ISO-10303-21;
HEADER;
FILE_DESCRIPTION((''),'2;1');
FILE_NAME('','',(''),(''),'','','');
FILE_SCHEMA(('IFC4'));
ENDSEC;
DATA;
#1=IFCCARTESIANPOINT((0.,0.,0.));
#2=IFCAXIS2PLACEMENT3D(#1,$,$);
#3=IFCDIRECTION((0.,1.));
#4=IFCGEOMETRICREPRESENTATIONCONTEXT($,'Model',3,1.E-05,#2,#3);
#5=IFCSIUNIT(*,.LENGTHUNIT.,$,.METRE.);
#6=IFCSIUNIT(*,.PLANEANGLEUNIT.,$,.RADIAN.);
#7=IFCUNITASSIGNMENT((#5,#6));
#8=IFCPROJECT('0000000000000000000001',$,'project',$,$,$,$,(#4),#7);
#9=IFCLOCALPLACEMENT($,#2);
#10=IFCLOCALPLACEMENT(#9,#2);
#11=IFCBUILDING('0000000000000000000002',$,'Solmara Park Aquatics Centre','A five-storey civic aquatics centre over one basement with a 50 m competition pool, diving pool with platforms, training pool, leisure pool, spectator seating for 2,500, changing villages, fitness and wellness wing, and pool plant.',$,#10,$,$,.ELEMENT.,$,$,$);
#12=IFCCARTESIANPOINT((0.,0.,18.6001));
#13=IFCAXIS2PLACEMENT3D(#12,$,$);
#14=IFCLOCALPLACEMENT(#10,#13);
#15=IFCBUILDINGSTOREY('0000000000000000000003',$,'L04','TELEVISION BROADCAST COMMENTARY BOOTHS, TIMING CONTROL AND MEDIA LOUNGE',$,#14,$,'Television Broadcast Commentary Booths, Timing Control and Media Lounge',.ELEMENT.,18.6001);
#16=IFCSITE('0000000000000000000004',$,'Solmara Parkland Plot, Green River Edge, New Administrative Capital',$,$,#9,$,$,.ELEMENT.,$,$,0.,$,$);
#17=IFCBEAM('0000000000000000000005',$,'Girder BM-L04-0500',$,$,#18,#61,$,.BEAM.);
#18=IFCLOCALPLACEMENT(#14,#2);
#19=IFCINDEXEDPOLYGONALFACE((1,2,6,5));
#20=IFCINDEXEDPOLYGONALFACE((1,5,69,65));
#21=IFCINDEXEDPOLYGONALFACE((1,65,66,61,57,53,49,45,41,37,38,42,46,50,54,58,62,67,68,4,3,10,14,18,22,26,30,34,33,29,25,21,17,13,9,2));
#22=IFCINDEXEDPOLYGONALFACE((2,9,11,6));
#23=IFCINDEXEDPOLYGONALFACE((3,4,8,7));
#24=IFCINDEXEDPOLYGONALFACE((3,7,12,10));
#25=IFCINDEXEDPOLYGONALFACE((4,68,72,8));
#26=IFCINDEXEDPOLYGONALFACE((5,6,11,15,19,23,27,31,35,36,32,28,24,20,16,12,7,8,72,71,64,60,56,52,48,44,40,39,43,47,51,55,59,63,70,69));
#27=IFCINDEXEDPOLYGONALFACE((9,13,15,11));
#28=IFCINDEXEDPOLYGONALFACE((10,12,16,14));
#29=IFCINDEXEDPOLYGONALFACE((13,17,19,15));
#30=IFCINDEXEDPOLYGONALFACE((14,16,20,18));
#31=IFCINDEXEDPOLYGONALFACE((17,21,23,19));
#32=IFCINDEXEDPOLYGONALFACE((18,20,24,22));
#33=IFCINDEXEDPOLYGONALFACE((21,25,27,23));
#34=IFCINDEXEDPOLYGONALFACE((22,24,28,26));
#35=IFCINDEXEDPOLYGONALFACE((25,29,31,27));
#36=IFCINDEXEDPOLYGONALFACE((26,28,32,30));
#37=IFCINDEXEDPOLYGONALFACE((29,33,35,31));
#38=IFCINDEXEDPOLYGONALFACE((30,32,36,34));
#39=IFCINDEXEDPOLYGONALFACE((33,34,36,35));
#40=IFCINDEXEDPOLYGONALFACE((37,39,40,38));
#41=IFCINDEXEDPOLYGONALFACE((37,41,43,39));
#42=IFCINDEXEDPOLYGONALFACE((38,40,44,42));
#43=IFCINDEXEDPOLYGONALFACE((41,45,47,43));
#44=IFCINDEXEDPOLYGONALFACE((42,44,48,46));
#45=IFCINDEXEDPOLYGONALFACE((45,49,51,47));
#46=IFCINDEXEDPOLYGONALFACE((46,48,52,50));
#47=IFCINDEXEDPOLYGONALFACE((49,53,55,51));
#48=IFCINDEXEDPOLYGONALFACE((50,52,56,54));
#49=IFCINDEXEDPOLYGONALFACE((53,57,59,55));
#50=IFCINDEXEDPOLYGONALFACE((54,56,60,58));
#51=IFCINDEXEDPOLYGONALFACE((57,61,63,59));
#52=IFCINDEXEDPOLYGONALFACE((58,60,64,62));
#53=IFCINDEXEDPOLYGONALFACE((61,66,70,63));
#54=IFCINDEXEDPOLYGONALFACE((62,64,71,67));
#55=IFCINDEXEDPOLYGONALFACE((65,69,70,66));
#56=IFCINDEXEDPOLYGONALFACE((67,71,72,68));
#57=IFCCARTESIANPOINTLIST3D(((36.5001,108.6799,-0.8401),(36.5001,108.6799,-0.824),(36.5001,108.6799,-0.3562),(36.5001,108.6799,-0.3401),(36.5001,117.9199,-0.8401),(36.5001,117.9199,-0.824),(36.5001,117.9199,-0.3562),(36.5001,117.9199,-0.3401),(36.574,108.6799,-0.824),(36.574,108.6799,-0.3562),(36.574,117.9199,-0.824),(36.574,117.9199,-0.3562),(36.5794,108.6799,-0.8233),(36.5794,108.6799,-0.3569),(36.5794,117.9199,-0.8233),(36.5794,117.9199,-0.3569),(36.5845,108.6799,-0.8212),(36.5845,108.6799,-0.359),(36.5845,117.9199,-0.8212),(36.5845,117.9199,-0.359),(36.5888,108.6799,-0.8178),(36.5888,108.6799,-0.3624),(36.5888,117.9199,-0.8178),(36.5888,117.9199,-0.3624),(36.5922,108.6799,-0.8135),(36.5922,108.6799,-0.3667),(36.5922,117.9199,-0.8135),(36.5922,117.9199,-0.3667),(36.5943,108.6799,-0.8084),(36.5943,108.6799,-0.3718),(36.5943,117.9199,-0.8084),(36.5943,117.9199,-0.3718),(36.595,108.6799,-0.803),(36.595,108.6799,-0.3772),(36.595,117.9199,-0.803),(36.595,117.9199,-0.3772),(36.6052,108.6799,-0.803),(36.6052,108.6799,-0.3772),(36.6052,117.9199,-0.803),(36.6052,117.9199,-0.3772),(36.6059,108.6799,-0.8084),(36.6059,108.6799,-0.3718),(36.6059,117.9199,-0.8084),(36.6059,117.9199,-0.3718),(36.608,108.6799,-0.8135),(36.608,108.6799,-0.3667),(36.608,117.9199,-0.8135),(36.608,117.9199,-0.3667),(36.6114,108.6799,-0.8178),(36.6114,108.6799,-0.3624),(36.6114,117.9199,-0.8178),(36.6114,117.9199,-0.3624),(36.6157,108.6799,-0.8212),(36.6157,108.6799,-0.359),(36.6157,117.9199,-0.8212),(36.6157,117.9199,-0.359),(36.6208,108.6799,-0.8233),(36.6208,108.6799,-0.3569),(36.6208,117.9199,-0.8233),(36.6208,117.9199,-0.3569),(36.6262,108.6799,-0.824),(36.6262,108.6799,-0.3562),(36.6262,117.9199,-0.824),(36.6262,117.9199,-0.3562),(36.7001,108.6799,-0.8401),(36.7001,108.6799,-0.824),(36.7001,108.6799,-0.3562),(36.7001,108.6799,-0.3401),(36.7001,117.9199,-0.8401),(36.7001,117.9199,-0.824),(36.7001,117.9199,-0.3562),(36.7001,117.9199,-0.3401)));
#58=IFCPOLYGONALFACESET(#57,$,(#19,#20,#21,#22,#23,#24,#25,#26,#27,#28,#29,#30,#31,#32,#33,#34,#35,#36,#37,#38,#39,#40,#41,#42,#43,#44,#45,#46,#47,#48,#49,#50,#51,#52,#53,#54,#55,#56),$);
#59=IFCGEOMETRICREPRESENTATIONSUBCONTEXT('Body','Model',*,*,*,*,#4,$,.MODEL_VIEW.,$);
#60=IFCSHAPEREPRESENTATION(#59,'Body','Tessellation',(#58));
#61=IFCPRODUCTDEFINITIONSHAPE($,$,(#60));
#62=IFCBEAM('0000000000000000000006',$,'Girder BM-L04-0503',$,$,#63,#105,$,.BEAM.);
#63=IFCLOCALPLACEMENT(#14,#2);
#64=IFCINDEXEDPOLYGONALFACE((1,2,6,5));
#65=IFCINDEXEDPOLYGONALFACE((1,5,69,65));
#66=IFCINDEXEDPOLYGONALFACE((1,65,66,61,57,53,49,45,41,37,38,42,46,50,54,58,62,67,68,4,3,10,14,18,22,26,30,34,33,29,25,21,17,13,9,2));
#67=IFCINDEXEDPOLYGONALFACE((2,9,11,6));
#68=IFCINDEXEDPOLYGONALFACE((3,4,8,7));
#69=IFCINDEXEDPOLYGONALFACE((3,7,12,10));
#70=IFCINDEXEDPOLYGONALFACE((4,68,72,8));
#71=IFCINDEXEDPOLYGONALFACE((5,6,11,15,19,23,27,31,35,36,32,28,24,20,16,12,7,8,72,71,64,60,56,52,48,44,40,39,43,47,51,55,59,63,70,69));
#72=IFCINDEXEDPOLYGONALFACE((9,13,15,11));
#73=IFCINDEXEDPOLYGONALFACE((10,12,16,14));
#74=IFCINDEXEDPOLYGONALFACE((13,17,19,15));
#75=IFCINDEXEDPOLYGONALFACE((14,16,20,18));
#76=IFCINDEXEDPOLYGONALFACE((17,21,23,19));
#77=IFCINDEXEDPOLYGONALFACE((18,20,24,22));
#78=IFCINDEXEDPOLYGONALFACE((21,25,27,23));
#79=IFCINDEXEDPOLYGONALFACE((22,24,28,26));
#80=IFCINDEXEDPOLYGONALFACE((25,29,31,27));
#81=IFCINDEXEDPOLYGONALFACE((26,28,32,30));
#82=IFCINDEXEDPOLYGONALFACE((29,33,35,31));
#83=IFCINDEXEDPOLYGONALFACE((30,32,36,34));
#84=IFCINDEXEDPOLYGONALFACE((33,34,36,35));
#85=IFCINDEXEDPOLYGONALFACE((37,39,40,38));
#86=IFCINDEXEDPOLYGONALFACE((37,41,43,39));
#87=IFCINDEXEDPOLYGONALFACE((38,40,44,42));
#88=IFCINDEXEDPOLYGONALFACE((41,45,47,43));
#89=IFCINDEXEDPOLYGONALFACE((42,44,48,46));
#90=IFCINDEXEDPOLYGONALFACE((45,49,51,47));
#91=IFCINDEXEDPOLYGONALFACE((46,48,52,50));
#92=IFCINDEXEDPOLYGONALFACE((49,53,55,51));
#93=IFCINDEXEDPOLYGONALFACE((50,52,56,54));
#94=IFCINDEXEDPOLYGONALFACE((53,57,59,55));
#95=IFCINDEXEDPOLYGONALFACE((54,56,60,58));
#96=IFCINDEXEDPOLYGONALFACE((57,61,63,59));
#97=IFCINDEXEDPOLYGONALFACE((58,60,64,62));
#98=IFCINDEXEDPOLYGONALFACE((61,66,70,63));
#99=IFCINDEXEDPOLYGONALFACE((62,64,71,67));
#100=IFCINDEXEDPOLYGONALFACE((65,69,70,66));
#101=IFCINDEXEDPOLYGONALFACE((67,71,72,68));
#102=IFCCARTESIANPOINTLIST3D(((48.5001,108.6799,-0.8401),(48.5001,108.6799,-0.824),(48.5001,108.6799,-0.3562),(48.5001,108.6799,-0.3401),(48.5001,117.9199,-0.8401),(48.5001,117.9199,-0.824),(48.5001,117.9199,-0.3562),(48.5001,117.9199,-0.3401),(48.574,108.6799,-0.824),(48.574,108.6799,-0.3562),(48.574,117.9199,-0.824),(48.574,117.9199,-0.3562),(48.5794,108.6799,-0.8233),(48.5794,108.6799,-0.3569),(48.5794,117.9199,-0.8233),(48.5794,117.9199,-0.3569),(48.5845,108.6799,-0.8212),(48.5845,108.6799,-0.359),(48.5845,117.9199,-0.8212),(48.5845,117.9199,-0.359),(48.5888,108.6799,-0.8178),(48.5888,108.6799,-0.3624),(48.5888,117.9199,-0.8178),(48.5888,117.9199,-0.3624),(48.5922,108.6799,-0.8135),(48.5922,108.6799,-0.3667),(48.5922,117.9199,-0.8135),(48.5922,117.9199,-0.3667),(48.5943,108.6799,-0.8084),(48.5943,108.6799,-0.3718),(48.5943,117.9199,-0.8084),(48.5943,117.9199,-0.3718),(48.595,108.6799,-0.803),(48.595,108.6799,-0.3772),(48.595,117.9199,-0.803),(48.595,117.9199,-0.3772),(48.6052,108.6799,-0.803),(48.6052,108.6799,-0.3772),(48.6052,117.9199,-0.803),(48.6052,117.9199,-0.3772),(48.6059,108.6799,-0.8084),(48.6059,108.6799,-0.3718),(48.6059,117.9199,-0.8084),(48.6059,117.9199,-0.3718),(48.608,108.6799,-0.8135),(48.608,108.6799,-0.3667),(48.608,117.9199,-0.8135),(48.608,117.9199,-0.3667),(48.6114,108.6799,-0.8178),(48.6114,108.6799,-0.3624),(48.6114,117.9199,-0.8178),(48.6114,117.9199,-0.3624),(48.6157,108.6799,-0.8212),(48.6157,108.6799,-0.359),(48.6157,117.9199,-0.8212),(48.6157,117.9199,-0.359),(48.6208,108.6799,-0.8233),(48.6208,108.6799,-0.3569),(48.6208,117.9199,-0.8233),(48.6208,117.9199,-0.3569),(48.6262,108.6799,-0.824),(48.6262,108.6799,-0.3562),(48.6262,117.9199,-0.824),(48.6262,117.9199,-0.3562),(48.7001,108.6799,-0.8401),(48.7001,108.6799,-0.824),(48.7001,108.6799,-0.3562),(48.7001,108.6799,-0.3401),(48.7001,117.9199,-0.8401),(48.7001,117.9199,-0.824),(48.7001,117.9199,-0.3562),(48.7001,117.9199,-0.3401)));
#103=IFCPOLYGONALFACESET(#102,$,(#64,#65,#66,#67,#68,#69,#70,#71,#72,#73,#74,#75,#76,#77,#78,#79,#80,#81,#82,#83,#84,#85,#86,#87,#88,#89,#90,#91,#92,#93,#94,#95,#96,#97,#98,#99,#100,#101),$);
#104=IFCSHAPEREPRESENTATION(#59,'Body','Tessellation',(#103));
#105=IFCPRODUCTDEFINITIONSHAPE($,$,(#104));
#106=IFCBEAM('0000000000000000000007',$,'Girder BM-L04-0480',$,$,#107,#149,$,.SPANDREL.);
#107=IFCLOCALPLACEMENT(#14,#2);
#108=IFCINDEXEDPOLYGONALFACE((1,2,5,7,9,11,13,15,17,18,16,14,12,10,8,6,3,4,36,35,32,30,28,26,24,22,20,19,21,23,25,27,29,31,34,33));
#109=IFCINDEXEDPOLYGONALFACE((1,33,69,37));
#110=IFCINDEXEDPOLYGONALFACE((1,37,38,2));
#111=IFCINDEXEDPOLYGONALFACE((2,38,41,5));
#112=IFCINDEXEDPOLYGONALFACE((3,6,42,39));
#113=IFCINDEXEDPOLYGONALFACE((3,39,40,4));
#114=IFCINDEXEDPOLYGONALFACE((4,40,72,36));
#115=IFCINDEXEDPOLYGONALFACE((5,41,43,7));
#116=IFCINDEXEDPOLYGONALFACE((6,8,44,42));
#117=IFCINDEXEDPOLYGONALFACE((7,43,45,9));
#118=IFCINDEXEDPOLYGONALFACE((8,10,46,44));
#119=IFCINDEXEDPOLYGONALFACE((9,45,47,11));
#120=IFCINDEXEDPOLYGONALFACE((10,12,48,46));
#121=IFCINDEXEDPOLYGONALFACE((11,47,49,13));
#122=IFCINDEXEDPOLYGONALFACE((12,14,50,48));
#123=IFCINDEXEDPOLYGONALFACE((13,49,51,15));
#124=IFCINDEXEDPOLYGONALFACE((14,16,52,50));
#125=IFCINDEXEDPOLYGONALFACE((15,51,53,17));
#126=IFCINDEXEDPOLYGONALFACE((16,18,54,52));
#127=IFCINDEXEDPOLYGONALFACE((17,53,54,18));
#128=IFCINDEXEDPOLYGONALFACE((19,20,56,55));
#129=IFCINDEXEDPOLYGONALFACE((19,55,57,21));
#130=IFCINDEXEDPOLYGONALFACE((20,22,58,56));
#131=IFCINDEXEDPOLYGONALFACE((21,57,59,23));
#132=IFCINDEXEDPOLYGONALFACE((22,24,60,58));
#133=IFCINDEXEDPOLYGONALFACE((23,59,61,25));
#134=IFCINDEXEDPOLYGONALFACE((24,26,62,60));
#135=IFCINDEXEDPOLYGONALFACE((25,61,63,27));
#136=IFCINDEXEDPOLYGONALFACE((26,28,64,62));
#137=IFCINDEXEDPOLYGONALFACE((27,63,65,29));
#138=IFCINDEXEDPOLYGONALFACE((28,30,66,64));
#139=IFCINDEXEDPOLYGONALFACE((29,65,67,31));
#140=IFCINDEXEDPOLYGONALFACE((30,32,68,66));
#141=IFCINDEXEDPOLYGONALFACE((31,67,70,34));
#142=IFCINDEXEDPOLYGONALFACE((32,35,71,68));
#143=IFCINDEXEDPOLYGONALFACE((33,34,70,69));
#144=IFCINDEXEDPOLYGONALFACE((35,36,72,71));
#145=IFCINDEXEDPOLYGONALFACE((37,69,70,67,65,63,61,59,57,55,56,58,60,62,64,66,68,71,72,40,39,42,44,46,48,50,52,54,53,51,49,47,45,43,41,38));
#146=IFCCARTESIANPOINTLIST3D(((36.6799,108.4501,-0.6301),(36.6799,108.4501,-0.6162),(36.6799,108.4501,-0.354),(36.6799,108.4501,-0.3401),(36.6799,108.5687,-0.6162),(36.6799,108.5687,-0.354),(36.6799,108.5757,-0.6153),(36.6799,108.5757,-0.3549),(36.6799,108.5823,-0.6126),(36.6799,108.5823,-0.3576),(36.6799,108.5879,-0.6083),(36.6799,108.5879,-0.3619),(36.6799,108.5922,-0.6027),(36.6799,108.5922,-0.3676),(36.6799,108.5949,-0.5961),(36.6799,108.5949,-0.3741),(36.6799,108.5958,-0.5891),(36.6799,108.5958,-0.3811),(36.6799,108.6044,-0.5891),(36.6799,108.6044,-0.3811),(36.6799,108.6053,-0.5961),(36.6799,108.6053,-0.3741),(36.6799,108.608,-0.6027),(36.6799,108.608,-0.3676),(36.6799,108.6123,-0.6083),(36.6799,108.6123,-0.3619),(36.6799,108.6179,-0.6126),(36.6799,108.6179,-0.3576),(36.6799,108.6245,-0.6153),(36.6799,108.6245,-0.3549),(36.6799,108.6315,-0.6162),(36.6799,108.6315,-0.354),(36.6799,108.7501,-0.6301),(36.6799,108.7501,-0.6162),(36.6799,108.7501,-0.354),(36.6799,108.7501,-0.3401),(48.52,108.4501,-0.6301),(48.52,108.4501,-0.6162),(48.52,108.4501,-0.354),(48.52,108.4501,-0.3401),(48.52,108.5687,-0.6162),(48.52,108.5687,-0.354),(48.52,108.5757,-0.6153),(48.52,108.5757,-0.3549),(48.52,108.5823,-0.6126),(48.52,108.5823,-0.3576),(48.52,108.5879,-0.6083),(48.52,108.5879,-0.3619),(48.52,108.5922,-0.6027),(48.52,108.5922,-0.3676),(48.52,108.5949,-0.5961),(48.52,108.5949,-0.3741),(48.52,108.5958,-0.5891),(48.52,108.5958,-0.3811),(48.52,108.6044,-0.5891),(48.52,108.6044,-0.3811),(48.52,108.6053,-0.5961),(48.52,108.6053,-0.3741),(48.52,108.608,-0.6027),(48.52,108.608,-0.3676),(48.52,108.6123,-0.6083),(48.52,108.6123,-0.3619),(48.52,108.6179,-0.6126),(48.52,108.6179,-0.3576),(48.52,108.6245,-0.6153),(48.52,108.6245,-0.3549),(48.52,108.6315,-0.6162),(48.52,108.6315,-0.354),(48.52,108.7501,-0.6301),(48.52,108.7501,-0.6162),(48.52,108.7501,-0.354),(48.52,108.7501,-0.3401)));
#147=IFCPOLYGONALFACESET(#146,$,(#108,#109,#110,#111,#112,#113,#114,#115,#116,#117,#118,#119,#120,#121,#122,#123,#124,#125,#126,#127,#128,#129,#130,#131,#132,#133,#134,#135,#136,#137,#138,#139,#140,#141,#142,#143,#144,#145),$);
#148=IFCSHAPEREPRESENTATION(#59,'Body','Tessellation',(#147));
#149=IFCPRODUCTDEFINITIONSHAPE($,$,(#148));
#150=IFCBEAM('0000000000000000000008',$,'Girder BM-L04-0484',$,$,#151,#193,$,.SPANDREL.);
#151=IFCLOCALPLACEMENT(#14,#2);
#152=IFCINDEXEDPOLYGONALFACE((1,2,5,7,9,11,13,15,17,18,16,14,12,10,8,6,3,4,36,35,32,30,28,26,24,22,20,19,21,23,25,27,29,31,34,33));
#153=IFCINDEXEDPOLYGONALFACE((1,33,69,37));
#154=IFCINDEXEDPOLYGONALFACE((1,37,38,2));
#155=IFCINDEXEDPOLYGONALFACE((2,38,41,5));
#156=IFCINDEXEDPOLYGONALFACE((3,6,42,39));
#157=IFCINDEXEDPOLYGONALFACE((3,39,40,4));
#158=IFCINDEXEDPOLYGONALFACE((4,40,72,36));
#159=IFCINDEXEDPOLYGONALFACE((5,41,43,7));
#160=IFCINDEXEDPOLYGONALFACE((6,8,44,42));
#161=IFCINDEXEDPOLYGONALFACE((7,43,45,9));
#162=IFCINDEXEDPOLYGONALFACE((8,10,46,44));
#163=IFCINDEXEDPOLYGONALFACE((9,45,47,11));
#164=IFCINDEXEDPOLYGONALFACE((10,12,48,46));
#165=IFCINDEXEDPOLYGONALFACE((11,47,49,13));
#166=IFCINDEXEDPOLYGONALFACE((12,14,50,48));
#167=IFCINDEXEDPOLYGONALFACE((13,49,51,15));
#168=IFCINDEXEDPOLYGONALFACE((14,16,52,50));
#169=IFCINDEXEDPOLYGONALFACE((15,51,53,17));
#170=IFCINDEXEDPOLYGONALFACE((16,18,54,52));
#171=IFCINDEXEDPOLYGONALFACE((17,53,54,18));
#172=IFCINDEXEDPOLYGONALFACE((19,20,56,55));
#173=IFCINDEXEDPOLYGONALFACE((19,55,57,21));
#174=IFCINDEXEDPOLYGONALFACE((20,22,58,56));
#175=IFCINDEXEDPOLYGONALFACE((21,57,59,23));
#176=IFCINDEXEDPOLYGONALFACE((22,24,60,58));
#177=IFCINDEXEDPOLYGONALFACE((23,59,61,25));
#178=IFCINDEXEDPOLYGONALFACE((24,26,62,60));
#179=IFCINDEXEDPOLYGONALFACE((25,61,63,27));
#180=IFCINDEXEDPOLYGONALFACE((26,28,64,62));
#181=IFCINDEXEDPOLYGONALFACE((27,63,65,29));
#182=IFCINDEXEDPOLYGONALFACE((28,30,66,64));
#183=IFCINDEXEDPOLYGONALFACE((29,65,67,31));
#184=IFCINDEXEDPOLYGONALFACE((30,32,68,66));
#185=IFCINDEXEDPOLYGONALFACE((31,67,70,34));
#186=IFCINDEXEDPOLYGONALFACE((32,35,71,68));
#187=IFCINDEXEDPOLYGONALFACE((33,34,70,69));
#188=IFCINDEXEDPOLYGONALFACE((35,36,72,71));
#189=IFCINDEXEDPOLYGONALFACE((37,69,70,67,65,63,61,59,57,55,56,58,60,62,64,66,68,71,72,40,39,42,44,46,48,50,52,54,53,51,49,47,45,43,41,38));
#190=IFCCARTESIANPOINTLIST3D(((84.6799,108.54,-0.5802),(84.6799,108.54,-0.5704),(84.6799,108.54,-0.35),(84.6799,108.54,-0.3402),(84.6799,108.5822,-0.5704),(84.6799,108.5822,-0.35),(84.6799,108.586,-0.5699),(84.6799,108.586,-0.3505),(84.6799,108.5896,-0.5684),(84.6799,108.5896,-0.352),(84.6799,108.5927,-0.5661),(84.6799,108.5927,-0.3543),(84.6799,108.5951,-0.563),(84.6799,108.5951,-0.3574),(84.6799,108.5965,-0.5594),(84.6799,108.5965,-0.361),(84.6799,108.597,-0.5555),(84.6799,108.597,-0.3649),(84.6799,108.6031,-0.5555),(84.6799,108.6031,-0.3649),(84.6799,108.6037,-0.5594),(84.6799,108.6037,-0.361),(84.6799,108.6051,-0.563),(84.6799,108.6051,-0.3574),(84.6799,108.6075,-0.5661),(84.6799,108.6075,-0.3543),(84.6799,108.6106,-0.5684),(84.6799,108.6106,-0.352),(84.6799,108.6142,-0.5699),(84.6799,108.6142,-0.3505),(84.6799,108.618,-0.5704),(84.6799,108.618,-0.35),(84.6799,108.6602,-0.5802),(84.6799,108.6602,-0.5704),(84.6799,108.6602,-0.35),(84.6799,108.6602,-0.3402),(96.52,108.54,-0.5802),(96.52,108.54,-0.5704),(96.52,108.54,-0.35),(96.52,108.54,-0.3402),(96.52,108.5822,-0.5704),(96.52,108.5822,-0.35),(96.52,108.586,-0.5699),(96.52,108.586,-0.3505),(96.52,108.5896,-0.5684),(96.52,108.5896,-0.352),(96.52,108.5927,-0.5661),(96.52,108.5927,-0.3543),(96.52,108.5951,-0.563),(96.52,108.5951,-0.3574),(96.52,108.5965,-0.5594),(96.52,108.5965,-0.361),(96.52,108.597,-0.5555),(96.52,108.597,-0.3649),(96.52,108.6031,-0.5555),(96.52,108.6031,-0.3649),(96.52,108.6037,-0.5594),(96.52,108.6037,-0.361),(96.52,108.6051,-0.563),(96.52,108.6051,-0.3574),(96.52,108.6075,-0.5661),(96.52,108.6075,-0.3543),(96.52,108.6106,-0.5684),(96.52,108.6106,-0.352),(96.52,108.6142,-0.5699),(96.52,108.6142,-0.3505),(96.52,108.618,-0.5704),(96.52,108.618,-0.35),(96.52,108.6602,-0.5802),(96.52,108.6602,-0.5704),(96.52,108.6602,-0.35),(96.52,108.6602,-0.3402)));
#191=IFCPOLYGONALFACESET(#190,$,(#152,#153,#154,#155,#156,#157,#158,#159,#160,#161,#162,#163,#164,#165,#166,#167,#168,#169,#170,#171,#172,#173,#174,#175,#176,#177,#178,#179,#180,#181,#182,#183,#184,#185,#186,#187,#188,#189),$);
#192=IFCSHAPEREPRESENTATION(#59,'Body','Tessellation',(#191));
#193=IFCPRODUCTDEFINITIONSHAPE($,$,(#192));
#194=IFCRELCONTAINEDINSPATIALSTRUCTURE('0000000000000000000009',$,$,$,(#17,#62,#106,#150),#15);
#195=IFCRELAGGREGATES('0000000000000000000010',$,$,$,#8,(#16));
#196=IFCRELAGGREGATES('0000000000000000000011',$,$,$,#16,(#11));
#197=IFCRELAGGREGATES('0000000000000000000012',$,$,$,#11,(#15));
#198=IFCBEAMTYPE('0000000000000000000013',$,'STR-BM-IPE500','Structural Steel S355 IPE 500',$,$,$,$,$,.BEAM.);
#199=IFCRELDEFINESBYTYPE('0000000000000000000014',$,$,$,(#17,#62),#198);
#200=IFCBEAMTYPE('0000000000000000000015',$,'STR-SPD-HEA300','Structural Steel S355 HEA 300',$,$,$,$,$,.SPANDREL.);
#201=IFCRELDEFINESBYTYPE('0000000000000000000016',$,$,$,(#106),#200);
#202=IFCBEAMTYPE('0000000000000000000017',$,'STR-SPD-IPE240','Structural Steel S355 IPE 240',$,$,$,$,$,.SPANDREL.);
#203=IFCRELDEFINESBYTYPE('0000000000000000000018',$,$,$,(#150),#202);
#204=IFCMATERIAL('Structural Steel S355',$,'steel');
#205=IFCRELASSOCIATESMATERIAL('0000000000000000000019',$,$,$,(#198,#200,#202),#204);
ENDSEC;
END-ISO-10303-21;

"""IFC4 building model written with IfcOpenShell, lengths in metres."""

from ifc_helpers import new_model, si_unit, direction, frame, origin, origin_2d, place, context, subcontext, project, spatial, i_section, extrude, material, material_profile, profile_set, type_object, element, save


model = new_model("IFC4")

# Units and contexts
model_context = context("Model", 3, precision=1e-05, world=origin(), true_north=direction((0.0, 1.0)))
body_context = subcontext(model_context, "Body", "Model", "MODEL_VIEW")
ifc_project = project(units=[si_unit("LENGTHUNIT", "METRE"), si_unit("PLANEANGLEUNIT", "RADIAN")], contexts=[model_context])

# Site, building, storey
site_placement = place(None, origin())
site = spatial("IfcSite", under=ifc_project, at=site_placement, Name="Solmara Parkland Plot, Green River Edge, New Administrative Capital", CompositionType="ELEMENT", RefElevation=0.0)
building_placement = place(site_placement, origin())
building = spatial("IfcBuilding", under=site, at=building_placement, Name="Solmara Park Aquatics Centre", Description="A five-storey civic aquatics centre over one basement with a 50 m competition pool, diving pool with platforms, training pool, leisure pool, spectator seating for 2,500, changing villages, fitness and wellness wing, and pool plant.", CompositionType="ELEMENT")
storey_placement = place(building_placement, frame((0.0, 0.0, 18.6001)))
storey = spatial("IfcBuildingStorey", under=building, at=storey_placement, Name="L04", Description="TELEVISION BROADCAST COMMENTARY BOOTHS, TIMING CONTROL AND MEDIA LOUNGE", LongName="Television Broadcast Commentary Booths, Timing Control and Media Lounge", CompositionType="ELEMENT", Elevation=18.6001)

# Beams
ifc_material_1 = material(Name="Structural Steel S355", Category="steel")
ifc_material_profile_1 = material_profile(ifc_material_1, i_section(OverallWidth=0.2, OverallDepth=0.5, WebThickness=0.0103, FlangeThickness=0.0161, FilletRadius=0.021, at=origin_2d()), Name="IPE 500")
ifc_profile_set_1 = profile_set([ifc_material_profile_1], Name="Structural Steel S355")
beam_type_1 = type_object("IfcBeamType", Name="STR-BM-IPE500", Description="Structural Steel S355 IPE 500", PredefinedType="BEAM", material=ifc_profile_set_1)
for number, where, z_axis, x_axis, name in (
    (1, (36.6001, 108.6799, -0.5901), (0.0, 1.0, 0.0), (-1.0, 0.0, 0.0), "Girder BM-L04-0500"),
    (2, (48.6001, 108.6799, -0.5901), (0.0, 1.0, 0.0), (-1.0, 0.0, 0.0), "Girder BM-L04-0503"),
):
    element("IfcBeam", number, at=place(storey_placement, frame(where, z_axis=z_axis, x_axis=x_axis)), inside=storey, type_object=beam_type_1, Name=name, PredefinedType="BEAM", context=body_context, shape_type="SweptSolid", body=[
        extrude(i_section(OverallWidth=0.2, OverallDepth=0.5, WebThickness=0.0103, FlangeThickness=0.0161, FilletRadius=0.021, at=origin_2d()), origin(), (0.0, 0.0, 1.0), 9.24),
    ])
ifc_material_profile_2 = material_profile(ifc_material_1, i_section(OverallWidth=0.3, OverallDepth=0.29, WebThickness=0.0085, FlangeThickness=0.0139, FilletRadius=0.0271, at=origin_2d()), Name="HEA 300")
ifc_profile_set_2 = profile_set([ifc_material_profile_2], Name="Structural Steel S355")
beam_type_2 = type_object("IfcBeamType", Name="STR-SPD-HEA300", Description="Structural Steel S355 HEA 300", PredefinedType="SPANDREL", material=ifc_profile_set_2)
beam_1_placement = place(storey_placement, frame((36.6799, 108.6001, -0.4851), z_axis=(1.0, 0.0, 0.0), x_axis=(0.0, 1.0, 0.0)))
element("IfcBeam", 3, at=beam_1_placement, inside=storey, type_object=beam_type_2, Name="Girder BM-L04-0480", PredefinedType="SPANDREL", context=body_context, shape_type="SweptSolid", body=[
    extrude(i_section(OverallWidth=0.3, OverallDepth=0.29, WebThickness=0.0085, FlangeThickness=0.0139, FilletRadius=0.0271, at=origin_2d()), origin(), (0.0, 0.0, 1.0), 11.8401),
])
ifc_material_profile_3 = material_profile(ifc_material_1, i_section(OverallWidth=0.1201, OverallDepth=0.24, WebThickness=0.0061, FlangeThickness=0.0098, FilletRadius=0.0149, at=origin_2d()), Name="IPE 240")
ifc_profile_set_3 = profile_set([ifc_material_profile_3], Name="Structural Steel S355")
beam_type_3 = type_object("IfcBeamType", Name="STR-SPD-IPE240", Description="Structural Steel S355 IPE 240", PredefinedType="SPANDREL", material=ifc_profile_set_3)
beam_2_placement = place(storey_placement, frame((84.6799, 108.6001, -0.4602), z_axis=(1.0, 0.0, 0.0), x_axis=(0.0, 1.0, 0.0)))
element("IfcBeam", 4, at=beam_2_placement, inside=storey, type_object=beam_type_3, Name="Girder BM-L04-0484", PredefinedType="SPANDREL", context=body_context, shape_type="SweptSolid", body=[
    extrude(i_section(OverallWidth=0.1201, OverallDepth=0.24, WebThickness=0.0061, FlangeThickness=0.0098, FilletRadius=0.0149, at=origin_2d()), origin(), (0.0, 0.0, 1.0), 11.8401),
])

save(model, "model.ifc")
